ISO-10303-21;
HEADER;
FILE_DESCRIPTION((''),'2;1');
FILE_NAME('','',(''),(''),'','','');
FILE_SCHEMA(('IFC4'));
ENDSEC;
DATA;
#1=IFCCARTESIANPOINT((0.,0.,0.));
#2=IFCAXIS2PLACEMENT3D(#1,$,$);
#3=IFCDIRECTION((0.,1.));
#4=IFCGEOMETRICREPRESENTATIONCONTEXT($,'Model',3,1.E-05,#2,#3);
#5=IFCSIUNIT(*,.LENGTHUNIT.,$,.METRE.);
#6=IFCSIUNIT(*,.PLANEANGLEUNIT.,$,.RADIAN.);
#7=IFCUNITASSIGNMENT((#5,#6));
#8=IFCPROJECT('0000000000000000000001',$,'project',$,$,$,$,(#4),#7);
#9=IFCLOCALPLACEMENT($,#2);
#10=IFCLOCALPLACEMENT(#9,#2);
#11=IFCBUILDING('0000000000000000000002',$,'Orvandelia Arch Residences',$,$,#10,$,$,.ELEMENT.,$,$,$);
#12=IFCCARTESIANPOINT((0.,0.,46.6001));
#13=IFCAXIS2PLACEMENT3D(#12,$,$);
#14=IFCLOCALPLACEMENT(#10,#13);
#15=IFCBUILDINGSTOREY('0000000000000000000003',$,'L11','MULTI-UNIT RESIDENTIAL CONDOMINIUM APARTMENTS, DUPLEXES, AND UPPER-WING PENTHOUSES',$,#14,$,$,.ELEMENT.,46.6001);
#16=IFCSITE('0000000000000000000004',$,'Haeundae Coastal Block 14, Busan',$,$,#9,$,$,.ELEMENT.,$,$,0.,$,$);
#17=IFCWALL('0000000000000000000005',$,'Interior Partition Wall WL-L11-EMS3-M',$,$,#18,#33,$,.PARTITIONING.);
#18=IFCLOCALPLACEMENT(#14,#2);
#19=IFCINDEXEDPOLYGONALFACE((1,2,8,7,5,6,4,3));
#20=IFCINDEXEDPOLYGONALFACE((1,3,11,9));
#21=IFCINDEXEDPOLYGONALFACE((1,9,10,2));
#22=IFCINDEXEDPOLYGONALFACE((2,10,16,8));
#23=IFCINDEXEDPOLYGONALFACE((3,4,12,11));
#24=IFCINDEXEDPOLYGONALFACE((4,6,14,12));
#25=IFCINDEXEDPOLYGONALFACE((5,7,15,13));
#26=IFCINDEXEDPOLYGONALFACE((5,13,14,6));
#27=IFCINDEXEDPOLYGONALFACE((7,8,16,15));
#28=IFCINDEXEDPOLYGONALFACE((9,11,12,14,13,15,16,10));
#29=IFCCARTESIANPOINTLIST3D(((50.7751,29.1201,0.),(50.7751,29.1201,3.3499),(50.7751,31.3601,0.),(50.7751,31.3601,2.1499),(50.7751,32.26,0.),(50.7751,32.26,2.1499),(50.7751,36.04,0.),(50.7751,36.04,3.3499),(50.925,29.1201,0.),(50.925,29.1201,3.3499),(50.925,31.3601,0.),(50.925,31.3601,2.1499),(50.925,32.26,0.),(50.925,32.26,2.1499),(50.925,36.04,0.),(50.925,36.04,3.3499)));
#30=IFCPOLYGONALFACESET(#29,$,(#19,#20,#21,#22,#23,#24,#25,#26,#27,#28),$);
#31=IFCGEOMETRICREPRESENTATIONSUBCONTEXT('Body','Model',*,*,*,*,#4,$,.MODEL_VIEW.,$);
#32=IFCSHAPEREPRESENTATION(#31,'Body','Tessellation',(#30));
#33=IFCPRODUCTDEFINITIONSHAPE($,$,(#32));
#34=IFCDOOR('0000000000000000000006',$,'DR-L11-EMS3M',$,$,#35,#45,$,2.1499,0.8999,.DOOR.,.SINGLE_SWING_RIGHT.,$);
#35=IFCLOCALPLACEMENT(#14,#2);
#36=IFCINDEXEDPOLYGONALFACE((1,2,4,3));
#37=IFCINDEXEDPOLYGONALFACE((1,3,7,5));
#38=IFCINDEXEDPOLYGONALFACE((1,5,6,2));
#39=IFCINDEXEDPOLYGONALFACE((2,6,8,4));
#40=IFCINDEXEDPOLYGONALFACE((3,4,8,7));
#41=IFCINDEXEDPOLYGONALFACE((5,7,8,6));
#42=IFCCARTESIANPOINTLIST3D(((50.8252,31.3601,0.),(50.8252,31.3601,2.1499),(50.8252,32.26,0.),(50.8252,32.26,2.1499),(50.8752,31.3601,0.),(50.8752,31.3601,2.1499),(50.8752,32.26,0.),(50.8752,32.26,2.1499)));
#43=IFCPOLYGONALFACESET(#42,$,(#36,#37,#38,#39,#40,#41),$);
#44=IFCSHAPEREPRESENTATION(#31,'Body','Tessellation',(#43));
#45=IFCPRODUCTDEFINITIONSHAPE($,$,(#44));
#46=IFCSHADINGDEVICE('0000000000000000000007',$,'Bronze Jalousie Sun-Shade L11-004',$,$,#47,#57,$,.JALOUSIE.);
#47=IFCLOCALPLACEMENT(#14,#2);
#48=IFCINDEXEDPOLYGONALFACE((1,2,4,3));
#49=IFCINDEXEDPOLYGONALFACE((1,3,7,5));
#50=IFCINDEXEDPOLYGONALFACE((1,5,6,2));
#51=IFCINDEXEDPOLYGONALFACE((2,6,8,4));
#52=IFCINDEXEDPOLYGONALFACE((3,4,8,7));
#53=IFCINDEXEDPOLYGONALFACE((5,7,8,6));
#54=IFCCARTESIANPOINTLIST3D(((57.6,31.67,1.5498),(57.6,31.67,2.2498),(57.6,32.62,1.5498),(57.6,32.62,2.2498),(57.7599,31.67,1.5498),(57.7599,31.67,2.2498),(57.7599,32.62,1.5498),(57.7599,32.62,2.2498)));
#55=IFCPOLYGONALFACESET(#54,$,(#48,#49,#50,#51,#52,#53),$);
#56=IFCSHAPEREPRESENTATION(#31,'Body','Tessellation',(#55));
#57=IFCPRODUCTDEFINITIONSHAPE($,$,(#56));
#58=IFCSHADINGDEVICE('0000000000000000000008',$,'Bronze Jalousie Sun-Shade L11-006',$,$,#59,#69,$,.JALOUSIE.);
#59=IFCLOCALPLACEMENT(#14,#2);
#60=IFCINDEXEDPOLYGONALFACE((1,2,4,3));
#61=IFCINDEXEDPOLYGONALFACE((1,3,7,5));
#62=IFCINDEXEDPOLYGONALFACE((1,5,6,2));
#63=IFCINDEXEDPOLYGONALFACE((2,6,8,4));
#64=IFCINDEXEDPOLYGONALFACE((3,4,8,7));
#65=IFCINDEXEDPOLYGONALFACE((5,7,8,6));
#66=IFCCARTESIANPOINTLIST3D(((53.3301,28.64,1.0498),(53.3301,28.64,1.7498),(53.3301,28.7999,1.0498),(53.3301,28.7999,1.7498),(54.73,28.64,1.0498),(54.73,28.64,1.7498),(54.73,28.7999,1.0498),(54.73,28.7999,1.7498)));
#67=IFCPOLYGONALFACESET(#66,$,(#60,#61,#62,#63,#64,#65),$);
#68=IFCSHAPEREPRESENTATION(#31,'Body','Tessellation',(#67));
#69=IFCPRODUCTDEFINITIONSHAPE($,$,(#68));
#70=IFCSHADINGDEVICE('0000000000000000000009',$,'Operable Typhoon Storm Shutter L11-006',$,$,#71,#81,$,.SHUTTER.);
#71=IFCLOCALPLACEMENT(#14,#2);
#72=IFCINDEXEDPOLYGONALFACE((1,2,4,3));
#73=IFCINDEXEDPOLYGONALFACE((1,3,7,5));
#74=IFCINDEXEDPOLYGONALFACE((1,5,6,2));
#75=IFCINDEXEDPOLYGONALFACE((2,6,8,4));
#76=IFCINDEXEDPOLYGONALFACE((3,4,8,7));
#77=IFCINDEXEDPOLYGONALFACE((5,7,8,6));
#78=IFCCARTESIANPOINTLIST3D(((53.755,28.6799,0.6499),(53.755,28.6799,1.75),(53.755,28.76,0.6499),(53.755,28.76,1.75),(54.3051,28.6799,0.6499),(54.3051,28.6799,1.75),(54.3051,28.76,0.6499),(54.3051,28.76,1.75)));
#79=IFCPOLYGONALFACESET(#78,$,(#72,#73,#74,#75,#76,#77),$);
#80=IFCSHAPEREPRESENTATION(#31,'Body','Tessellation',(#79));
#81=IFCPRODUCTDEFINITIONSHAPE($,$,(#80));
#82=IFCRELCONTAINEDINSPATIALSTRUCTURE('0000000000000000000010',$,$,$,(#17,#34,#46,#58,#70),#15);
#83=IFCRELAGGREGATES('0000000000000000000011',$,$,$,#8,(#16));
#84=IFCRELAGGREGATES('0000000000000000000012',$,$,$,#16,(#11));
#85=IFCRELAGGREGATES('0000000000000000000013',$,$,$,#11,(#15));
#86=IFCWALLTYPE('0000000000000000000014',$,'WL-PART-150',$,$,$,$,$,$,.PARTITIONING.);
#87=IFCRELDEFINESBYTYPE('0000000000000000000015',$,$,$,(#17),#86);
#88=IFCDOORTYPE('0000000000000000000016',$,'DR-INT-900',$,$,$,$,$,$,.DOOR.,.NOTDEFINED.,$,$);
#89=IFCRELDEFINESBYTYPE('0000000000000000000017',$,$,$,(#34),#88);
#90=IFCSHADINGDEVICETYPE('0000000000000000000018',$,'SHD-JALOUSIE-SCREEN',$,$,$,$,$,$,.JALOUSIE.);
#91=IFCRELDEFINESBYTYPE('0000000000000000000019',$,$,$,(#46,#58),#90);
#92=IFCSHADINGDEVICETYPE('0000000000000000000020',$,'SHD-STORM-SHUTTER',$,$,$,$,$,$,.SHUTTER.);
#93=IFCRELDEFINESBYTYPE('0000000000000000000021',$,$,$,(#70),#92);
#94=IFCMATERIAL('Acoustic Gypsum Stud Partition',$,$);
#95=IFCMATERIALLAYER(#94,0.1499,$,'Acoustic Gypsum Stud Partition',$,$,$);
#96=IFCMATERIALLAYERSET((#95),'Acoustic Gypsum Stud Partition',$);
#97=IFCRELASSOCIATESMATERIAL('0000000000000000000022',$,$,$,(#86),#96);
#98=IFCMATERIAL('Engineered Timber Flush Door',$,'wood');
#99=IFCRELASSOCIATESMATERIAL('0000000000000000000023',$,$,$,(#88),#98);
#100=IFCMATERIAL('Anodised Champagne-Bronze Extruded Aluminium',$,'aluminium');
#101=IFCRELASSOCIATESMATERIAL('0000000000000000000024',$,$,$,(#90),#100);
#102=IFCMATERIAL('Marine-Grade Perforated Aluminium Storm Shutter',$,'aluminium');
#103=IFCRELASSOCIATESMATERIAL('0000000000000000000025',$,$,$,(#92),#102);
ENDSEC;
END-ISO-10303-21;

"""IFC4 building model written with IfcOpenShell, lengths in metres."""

from ifc_helpers import new_model, si_unit, direction, frame, frame_2d, origin, origin_2d, place, context, subcontext, project, spatial, rectangle, extrude, material, layer, layer_set, type_object, element, fill, save


model = new_model("IFC4")

# Units and contexts
model_context = context("Model", 3, precision=1e-05, world=origin(), true_north=direction((0.0, 1.0)))
body_context = subcontext(model_context, "Body", "Model", "MODEL_VIEW")
ifc_project = project(units=[si_unit("LENGTHUNIT", "METRE"), si_unit("PLANEANGLEUNIT", "RADIAN")], contexts=[model_context])

# Site, building, storey
site_placement = place(None, origin())
site = spatial("IfcSite", under=ifc_project, at=site_placement, Name="Haeundae Coastal Block 14, Busan", CompositionType="ELEMENT", RefElevation=0.0)
building_placement = place(site_placement, origin())
building = spatial("IfcBuilding", under=site, at=building_placement, Name="Orvandelia Arch Residences", CompositionType="ELEMENT")
storey_placement = place(building_placement, frame((0.0, 0.0, 46.6001)))
storey = spatial("IfcBuildingStorey", under=building, at=storey_placement, Name="L11", Description="MULTI-UNIT RESIDENTIAL CONDOMINIUM APARTMENTS, DUPLEXES, AND UPPER-WING PENTHOUSES", CompositionType="ELEMENT", Elevation=46.6001)

# Wall, opening, door
ifc_material_1 = material(Name="Acoustic Gypsum Stud Partition")
ifc_layer_1 = layer(ifc_material_1, 0.1499, Name="Acoustic Gypsum Stud Partition")
ifc_layer_set_1 = layer_set([ifc_layer_1], Name="Acoustic Gypsum Stud Partition")
wall_type_1 = type_object("IfcWallType", Name="WL-PART-150", PredefinedType="PARTITIONING", material=ifc_layer_set_1)
wall_1_placement = place(storey_placement, frame((50.8501, 29.1201, 0.0), z_axis=(0.0, 0.0, 1.0), x_axis=(0.0, 1.0, 0.0)))
wall_1 = element("IfcWall", 1, at=wall_1_placement, inside=storey, type_object=wall_type_1, Name="Interior Partition Wall WL-L11-EMS3-M", PredefinedType="PARTITIONING", context=body_context, shape_type="SweptSolid", body=[
    extrude(rectangle(XDim=6.9199, YDim=0.1499, at=frame_2d((3.46, 0.0))), origin(), (0.0, 0.0, 1.0), 3.3499),
])
opening_1_placement = place(wall_1_placement, frame((2.24, 0.0, 0.0)))
opening_1 = element("IfcOpeningElement", 2, at=opening_1_placement, cuts=wall_1, PredefinedType="OPENING", context=body_context, shape_type="SweptSolid", body=[
    extrude(rectangle(XDim=0.8999, YDim=2.1499, at=frame_2d((0.45, 1.075))), frame((0.0, 0.085, 0.0), z_axis=(0.0, -1.0, 0.0), x_axis=(1.0, 0.0, 0.0)), (0.0, 0.0, 1.0), 0.1699),
])
ifc_material_2 = material(Name="Engineered Timber Flush Door", Category="wood")
door_type = type_object("IfcDoorType", Name="DR-INT-900", OperationType="NOTDEFINED", PredefinedType="DOOR", material=ifc_material_2)
door_placement = place(opening_1_placement, origin())
door = element("IfcDoor", 3, at=door_placement, inside=storey, type_object=door_type, Name="DR-L11-EMS3M", OperationType="SINGLE_SWING_RIGHT", OverallHeight=2.1499, OverallWidth=0.8999, PredefinedType="DOOR", context=body_context, shape_type="SweptSolid", body=[
    extrude(rectangle(XDim=0.8999, YDim=2.1499, at=frame_2d((0.45, 1.075))), frame((0.0, 0.0249, 0.0), z_axis=(0.0, -1.0, 0.0), x_axis=(1.0, 0.0, 0.0)), (0.0, 0.0, 1.0), 0.05),
])
fill(opening_1, door)

# Shading devices
ifc_material_3 = material(Name="Anodised Champagne-Bronze Extruded Aluminium", Category="aluminium")
shading_device_type_1 = type_object("IfcShadingDeviceType", Name="SHD-JALOUSIE-SCREEN", PredefinedType="JALOUSIE", material=ifc_material_3)
shading_device_1_placement = place(storey_placement, frame((57.6799, 32.145, 1.5498), z_axis=(0.0, 0.0, 1.0), x_axis=(0.0, -1.0, 0.0)))
element("IfcShadingDevice", 4, at=shading_device_1_placement, inside=storey, type_object=shading_device_type_1, Name="Bronze Jalousie Sun-Shade L11-004", PredefinedType="JALOUSIE", context=body_context, shape_type="SweptSolid", body=[
    extrude(rectangle(XDim=0.95, YDim=0.1599, at=origin_2d()), origin(), (0.0, 0.0, 1.0), 0.7),
])
shading_device_2_placement = place(storey_placement, frame((54.03, 28.72, 1.0498), z_axis=(0.0, 0.0, 1.0), x_axis=(-1.0, 0.0, 0.0)))
element("IfcShadingDevice", 5, at=shading_device_2_placement, inside=storey, type_object=shading_device_type_1, Name="Bronze Jalousie Sun-Shade L11-006", PredefinedType="JALOUSIE", context=body_context, shape_type="SweptSolid", body=[
    extrude(rectangle(XDim=1.3999, YDim=0.1599, at=origin_2d()), origin(), (0.0, 0.0, 1.0), 0.7),
])
ifc_material_4 = material(Name="Marine-Grade Perforated Aluminium Storm Shutter", Category="aluminium")
shading_device_type_2 = type_object("IfcShadingDeviceType", Name="SHD-STORM-SHUTTER", PredefinedType="SHUTTER", material=ifc_material_4)
shading_device_3_placement = place(storey_placement, frame((54.03, 28.72, 0.6499), z_axis=(0.0, 0.0, 1.0), x_axis=(-1.0, 0.0, 0.0)))
element("IfcShadingDevice", 6, at=shading_device_3_placement, inside=storey, type_object=shading_device_type_2, Name="Operable Typhoon Storm Shutter L11-006", PredefinedType="SHUTTER", context=body_context, shape_type="SweptSolid", body=[
    extrude(rectangle(XDim=0.55, YDim=0.0801, at=origin_2d()), origin(), (0.0, 0.0, 1.0), 1.1001),
])

save(model, "model.ifc")
